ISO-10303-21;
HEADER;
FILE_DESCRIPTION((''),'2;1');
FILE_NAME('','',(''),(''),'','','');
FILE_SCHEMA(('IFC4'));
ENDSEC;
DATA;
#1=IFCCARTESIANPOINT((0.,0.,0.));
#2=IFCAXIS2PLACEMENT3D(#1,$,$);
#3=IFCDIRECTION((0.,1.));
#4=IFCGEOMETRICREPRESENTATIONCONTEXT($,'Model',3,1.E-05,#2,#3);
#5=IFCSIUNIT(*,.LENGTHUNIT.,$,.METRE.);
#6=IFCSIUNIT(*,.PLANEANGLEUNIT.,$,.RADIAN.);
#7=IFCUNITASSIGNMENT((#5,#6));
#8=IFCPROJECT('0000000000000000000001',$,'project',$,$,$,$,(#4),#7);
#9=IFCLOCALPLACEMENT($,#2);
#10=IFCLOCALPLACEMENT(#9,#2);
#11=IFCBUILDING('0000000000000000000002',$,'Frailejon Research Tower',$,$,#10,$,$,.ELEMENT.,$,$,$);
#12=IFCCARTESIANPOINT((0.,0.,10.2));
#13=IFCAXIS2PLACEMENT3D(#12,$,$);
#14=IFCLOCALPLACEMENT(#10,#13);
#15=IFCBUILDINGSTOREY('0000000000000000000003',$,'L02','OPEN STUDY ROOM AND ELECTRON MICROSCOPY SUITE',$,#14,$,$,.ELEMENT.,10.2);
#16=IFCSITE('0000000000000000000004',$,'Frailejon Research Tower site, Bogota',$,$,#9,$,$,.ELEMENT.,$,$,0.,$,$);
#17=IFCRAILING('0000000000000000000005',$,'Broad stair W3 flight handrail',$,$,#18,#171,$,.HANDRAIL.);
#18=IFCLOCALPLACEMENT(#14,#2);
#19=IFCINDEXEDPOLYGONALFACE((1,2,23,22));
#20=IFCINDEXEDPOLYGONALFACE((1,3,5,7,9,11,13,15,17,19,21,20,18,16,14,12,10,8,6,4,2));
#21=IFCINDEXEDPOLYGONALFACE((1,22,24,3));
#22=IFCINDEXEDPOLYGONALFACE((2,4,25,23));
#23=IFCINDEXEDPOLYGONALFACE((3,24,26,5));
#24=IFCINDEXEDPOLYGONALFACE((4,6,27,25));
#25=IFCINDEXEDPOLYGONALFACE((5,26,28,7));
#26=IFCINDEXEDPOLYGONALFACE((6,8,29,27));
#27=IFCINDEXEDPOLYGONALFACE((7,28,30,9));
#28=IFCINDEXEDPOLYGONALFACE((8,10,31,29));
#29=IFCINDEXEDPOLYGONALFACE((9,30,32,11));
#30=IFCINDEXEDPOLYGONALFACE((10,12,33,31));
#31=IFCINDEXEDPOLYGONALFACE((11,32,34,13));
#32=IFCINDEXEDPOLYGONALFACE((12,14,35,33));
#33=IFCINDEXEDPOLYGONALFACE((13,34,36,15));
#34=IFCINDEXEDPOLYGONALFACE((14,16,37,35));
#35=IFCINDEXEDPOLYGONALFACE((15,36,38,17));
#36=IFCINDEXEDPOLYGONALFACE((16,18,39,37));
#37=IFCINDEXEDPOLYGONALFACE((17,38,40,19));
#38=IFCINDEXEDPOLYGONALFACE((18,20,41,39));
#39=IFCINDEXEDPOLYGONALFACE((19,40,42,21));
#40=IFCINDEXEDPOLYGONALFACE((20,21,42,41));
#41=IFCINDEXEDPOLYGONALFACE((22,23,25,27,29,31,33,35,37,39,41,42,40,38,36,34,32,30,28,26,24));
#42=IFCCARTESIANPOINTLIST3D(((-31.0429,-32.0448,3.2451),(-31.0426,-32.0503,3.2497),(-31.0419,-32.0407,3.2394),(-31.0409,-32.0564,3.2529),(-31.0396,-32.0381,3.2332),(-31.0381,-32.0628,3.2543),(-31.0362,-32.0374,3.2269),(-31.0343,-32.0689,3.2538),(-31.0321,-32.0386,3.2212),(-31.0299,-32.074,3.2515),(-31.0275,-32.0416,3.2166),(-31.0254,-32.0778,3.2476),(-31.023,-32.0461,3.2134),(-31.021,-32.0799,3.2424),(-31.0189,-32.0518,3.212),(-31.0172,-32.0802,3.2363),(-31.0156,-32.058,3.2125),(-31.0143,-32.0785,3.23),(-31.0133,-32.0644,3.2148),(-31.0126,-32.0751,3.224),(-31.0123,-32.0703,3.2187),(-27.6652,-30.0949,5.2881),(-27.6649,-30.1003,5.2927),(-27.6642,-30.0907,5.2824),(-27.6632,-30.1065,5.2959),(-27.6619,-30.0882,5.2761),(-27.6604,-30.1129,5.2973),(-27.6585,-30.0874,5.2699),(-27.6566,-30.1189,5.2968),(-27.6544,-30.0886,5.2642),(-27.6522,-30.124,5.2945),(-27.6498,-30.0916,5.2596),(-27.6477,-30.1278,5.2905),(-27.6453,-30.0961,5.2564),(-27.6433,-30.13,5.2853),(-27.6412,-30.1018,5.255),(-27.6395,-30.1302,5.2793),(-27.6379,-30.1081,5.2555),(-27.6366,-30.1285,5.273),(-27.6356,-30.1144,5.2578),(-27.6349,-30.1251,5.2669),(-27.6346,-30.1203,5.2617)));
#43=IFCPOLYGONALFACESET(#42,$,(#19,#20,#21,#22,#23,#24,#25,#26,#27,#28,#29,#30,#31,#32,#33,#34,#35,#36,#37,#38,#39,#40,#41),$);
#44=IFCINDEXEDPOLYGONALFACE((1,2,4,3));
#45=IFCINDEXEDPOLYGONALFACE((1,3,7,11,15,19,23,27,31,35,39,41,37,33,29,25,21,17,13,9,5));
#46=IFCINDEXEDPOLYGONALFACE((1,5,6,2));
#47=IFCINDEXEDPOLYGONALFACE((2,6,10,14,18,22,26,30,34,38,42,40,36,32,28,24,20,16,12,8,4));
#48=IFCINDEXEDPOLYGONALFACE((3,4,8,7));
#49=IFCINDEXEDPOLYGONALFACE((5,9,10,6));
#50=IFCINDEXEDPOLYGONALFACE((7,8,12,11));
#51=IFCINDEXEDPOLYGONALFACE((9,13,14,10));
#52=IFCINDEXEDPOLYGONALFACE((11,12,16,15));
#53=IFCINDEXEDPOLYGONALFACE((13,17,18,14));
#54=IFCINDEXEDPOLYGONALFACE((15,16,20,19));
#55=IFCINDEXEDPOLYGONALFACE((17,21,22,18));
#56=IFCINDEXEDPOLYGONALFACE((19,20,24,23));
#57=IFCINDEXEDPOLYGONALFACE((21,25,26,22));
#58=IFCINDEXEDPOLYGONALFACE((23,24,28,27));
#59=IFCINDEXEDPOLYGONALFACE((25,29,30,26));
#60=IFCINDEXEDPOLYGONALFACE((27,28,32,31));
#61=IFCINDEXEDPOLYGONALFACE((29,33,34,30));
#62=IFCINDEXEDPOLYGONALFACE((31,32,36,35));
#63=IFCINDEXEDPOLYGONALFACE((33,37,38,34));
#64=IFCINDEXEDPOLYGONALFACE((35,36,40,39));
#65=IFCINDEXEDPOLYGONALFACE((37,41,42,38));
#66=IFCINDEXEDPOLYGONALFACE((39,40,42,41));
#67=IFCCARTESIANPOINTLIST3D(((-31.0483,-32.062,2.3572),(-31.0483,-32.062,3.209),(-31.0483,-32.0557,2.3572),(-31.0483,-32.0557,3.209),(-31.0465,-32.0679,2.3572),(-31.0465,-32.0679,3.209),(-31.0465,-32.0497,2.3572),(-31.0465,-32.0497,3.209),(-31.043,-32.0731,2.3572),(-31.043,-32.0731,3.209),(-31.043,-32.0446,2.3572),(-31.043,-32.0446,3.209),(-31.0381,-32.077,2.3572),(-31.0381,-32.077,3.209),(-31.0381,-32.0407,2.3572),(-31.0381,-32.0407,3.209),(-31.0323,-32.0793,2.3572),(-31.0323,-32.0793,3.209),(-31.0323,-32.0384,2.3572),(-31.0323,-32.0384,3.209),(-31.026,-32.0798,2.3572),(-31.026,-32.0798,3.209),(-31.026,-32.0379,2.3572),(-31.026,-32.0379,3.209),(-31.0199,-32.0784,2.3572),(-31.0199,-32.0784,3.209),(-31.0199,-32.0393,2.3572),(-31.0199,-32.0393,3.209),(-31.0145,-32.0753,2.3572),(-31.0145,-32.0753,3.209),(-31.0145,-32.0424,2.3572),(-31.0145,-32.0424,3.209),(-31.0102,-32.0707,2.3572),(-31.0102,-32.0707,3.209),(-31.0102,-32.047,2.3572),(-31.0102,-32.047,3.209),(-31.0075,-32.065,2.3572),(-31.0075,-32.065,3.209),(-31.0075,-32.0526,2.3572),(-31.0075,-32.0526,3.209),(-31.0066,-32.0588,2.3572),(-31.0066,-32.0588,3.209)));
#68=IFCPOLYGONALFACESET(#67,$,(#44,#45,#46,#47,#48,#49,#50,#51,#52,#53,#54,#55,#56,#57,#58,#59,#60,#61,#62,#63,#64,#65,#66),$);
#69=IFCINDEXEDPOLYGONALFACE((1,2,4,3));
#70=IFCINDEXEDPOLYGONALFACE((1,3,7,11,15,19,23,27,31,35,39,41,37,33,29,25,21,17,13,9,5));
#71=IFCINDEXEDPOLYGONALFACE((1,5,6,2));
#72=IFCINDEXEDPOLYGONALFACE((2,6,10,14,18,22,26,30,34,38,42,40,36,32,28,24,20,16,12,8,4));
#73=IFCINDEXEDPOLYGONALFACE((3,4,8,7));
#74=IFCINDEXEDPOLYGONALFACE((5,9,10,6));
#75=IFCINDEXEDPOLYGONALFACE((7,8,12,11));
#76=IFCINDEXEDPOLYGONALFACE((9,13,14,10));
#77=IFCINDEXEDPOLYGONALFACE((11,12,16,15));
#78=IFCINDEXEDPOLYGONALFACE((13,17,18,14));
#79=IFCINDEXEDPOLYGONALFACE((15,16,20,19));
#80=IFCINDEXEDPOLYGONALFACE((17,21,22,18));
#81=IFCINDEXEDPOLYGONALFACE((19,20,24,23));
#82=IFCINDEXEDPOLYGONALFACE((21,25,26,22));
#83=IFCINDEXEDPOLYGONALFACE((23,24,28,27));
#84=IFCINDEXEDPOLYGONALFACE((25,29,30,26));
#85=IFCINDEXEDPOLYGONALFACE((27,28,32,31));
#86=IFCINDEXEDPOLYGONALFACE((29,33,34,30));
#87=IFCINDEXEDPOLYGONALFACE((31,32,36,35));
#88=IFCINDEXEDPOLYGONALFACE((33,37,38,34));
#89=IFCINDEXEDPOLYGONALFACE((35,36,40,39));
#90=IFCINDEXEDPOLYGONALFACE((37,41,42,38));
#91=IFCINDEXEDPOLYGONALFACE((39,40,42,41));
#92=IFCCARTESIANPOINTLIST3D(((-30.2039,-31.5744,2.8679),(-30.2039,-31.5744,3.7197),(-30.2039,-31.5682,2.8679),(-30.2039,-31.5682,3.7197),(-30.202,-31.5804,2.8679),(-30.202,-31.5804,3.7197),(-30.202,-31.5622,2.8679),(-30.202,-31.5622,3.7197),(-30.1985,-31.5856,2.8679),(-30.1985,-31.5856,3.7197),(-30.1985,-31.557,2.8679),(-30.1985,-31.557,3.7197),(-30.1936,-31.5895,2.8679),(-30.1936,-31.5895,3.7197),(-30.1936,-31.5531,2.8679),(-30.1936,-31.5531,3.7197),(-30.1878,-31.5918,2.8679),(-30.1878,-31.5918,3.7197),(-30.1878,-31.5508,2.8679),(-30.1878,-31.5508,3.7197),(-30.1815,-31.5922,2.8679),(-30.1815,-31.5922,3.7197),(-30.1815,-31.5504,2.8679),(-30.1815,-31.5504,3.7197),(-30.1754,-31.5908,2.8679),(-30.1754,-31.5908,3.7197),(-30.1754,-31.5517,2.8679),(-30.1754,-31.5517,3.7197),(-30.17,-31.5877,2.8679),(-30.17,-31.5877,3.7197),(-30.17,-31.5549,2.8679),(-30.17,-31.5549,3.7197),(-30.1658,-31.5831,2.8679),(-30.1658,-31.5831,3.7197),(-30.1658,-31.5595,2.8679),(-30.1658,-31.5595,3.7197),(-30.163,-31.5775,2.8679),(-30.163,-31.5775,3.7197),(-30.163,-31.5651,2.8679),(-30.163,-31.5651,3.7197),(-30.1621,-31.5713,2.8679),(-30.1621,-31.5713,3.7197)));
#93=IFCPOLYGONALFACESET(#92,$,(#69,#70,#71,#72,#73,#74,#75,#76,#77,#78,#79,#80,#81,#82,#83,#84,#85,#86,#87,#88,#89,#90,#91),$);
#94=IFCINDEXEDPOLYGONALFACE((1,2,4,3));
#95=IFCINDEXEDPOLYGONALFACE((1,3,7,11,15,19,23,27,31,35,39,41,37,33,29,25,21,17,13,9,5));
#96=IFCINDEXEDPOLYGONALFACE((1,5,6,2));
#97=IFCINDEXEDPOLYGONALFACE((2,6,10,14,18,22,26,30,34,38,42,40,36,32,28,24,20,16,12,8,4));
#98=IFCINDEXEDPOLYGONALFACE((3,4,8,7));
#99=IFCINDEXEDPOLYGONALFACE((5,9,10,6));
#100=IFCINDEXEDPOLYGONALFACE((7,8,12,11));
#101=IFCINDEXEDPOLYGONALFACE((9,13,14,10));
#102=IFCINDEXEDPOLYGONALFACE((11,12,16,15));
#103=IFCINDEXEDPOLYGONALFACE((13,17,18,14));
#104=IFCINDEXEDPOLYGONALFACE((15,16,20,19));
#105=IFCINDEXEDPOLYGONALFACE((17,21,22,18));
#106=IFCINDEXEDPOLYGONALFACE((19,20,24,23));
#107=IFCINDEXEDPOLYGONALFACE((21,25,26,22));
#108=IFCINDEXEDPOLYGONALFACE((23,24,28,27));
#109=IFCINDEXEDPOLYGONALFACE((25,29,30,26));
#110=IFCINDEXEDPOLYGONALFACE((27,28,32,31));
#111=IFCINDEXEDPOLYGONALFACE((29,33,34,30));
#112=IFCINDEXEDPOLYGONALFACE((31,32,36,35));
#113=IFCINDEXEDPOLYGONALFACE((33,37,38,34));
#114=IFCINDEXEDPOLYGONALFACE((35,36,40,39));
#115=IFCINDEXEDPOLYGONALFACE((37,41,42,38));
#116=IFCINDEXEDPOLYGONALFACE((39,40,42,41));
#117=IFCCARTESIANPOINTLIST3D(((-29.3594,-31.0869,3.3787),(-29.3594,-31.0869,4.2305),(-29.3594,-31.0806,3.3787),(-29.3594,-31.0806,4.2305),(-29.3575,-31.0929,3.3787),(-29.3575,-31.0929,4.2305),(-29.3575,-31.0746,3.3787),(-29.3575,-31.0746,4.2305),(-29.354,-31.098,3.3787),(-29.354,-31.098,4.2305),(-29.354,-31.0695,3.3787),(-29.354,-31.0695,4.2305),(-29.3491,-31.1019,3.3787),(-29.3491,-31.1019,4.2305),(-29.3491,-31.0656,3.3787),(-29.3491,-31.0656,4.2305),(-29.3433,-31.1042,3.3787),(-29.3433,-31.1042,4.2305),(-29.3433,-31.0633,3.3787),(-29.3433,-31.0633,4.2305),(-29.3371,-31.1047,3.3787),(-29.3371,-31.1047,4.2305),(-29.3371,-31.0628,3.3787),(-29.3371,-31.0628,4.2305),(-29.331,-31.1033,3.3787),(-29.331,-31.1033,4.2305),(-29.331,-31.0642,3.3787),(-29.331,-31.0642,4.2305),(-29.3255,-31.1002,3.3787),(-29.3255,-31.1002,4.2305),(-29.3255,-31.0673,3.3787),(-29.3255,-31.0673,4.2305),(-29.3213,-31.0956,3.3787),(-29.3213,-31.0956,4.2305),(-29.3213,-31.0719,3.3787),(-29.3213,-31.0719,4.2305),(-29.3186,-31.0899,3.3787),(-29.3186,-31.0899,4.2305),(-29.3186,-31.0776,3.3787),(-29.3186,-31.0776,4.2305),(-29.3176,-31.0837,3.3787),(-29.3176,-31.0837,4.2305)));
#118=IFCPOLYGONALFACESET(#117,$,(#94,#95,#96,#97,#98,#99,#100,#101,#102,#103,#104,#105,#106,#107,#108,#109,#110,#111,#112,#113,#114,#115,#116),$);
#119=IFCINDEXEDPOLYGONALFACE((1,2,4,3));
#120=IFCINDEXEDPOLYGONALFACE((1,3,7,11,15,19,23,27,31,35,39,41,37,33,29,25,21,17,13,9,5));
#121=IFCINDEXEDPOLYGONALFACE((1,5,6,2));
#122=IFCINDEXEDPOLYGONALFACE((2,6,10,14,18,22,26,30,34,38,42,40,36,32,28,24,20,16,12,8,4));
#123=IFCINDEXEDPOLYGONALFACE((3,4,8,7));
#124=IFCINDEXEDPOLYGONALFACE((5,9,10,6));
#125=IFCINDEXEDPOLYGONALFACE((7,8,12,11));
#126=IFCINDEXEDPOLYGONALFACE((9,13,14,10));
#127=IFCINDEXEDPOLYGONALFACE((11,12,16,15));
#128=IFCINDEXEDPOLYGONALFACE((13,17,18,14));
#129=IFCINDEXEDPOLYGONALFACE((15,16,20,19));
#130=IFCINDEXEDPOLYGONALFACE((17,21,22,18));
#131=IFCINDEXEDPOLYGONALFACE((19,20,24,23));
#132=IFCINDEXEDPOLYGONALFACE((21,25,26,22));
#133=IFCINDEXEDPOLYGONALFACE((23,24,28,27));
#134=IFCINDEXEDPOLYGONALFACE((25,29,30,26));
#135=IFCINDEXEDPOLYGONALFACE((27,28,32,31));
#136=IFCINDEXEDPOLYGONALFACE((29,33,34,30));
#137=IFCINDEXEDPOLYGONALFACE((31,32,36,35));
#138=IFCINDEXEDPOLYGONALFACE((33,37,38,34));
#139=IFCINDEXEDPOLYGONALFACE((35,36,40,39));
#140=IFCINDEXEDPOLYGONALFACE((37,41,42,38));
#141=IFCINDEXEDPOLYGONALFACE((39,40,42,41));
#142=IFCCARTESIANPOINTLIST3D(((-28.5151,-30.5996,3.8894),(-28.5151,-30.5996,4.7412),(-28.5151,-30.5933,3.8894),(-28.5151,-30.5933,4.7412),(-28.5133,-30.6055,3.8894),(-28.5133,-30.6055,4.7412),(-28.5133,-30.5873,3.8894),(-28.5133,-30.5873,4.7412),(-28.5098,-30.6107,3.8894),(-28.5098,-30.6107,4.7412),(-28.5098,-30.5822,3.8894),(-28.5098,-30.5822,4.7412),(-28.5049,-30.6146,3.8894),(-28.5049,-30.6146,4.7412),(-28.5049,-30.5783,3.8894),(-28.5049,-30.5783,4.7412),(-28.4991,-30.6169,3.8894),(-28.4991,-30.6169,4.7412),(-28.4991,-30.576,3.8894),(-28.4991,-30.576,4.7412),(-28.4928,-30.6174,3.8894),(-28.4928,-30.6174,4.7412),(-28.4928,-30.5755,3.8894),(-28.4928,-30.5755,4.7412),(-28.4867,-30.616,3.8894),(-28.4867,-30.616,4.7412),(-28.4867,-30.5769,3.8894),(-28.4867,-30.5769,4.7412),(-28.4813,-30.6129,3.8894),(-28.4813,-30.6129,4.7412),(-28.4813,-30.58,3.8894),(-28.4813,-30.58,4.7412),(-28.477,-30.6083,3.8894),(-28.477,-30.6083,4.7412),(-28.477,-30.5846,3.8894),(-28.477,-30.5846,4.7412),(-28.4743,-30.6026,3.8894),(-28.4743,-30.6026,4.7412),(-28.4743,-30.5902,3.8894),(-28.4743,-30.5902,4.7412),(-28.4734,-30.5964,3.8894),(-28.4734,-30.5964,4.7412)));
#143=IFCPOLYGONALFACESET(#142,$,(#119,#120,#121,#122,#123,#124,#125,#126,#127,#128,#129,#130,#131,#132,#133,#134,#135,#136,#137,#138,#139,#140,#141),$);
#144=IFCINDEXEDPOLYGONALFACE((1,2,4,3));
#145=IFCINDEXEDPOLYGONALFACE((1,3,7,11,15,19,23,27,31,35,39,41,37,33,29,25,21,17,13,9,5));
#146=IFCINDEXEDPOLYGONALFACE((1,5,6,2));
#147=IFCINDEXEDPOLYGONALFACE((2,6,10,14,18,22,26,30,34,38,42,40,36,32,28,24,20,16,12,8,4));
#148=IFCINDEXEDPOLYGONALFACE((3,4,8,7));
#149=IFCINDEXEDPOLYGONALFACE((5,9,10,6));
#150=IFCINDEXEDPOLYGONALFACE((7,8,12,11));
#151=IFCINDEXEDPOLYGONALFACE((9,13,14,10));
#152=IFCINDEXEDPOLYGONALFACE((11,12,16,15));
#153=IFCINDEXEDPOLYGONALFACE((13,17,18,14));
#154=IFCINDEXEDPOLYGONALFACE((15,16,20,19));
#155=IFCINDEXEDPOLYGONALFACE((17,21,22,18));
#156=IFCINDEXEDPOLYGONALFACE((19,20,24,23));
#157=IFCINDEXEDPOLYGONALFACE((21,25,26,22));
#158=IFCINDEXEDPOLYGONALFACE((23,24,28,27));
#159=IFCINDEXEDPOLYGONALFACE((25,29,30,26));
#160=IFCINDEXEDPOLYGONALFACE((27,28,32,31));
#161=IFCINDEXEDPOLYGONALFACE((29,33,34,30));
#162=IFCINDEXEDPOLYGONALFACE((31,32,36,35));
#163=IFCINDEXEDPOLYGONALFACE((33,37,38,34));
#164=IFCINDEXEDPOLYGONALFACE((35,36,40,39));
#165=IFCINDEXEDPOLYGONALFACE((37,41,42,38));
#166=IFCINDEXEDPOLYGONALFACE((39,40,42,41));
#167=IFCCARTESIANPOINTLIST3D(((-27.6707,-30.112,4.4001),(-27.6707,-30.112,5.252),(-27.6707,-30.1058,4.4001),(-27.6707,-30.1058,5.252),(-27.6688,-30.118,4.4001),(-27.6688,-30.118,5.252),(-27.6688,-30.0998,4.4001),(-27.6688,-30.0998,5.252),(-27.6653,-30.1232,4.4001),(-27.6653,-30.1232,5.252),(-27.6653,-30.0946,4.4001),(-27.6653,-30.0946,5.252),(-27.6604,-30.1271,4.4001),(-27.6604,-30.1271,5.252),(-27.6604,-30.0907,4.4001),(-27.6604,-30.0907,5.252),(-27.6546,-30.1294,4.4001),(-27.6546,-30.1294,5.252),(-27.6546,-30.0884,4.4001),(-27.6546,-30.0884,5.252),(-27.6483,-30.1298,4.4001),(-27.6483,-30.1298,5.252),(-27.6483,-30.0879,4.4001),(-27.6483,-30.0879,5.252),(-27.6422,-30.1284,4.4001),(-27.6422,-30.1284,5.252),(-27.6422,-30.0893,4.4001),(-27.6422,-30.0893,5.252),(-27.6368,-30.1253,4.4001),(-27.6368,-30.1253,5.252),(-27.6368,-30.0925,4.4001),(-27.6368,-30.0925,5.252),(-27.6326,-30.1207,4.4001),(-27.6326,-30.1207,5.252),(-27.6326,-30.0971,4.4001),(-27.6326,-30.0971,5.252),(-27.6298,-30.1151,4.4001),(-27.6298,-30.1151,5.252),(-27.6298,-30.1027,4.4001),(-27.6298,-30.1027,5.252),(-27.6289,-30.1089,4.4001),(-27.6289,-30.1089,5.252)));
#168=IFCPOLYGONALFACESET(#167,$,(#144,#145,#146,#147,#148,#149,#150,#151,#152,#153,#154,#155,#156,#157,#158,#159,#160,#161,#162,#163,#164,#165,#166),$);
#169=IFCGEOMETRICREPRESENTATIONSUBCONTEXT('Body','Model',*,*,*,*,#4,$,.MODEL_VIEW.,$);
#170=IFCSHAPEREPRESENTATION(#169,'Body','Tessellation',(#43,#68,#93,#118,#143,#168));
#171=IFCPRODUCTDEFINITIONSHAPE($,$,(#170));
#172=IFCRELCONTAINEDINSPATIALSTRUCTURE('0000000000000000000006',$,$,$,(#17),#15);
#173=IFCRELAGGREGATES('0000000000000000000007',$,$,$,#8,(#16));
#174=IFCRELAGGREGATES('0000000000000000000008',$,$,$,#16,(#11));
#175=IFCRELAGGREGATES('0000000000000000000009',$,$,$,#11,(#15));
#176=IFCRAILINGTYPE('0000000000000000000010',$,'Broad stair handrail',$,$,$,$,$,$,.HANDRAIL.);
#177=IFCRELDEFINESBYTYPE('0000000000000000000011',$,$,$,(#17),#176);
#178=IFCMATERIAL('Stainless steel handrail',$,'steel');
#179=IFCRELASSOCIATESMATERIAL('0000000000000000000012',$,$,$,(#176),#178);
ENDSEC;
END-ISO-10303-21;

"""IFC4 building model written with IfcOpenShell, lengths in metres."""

from ifc_helpers import new_model, si_unit, direction, frame, origin, origin_2d, place, context, subcontext, project, spatial, circle, extrude, material, type_object, element, save


model = new_model("IFC4")

# Units and contexts
model_context = context("Model", 3, precision=1e-05, world=origin(), true_north=direction((0.0, 1.0)))
body_context = subcontext(model_context, "Body", "Model", "MODEL_VIEW")
ifc_project = project(units=[si_unit("LENGTHUNIT", "METRE"), si_unit("PLANEANGLEUNIT", "RADIAN")], contexts=[model_context])

# Site, building, storey
site_placement = place(None, origin())
site = spatial("IfcSite", under=ifc_project, at=site_placement, Name="Frailejon Research Tower site, Bogota", CompositionType="ELEMENT", RefElevation=0.0)
building_placement = place(site_placement, origin())
building = spatial("IfcBuilding", under=site, at=building_placement, Name="Frailejon Research Tower", CompositionType="ELEMENT")
storey_placement = place(building_placement, frame((0.0, 0.0, 10.2)))
storey = spatial("IfcBuildingStorey", under=building, at=storey_placement, Name="L02", Description="OPEN STUDY ROOM AND ELECTRON MICROSCOPY SUITE", CompositionType="ELEMENT", Elevation=10.2)

# Railing
ifc_material_1 = material(Name="Stainless steel handrail", Category="steel")
railing_type_1 = type_object("IfcRailingType", Name="Broad stair handrail", PredefinedType="HANDRAIL", material=ifc_material_1)
railing_1_placement = place(storey_placement, frame((-31.0276, -32.0588, 2.3572)))
element("IfcRailing", 1, at=railing_1_placement, inside=storey, type_object=railing_type_1, Name="Broad stair W3 flight handrail", PredefinedType="HANDRAIL", context=body_context, shape_type="SweptSolid", body=[
    extrude(circle(Radius=0.0239, at=origin_2d()), frame((0.0, 0.0, 0.876), z_axis=(0.767165, 0.442887, 0.464014), x_axis=(-0.49997, 0.866043, 0.0)), (0.0, 0.0, 1.0), 4.4028),
    extrude(circle(Radius=0.021, at=origin_2d()), origin(), (0.0, 0.0, 1.0), 0.8518),
    extrude(circle(Radius=0.021, at=origin_2d()), frame((0.8445, 0.4875, 0.5107)), (0.0, 0.0, 1.0), 0.8518),
    extrude(circle(Radius=0.021, at=origin_2d()), frame((1.689, 0.9751, 1.0215)), (0.0, 0.0, 1.0), 0.8518),
    extrude(circle(Radius=0.021, at=origin_2d()), frame((2.5332, 1.4624, 1.5322)), (0.0, 0.0, 1.0), 0.8518),
    extrude(circle(Radius=0.021, at=origin_2d()), frame((3.3777, 1.95, 2.043)), (0.0, 0.0, 1.0), 0.8518),
])

save(model, "model.ifc")
